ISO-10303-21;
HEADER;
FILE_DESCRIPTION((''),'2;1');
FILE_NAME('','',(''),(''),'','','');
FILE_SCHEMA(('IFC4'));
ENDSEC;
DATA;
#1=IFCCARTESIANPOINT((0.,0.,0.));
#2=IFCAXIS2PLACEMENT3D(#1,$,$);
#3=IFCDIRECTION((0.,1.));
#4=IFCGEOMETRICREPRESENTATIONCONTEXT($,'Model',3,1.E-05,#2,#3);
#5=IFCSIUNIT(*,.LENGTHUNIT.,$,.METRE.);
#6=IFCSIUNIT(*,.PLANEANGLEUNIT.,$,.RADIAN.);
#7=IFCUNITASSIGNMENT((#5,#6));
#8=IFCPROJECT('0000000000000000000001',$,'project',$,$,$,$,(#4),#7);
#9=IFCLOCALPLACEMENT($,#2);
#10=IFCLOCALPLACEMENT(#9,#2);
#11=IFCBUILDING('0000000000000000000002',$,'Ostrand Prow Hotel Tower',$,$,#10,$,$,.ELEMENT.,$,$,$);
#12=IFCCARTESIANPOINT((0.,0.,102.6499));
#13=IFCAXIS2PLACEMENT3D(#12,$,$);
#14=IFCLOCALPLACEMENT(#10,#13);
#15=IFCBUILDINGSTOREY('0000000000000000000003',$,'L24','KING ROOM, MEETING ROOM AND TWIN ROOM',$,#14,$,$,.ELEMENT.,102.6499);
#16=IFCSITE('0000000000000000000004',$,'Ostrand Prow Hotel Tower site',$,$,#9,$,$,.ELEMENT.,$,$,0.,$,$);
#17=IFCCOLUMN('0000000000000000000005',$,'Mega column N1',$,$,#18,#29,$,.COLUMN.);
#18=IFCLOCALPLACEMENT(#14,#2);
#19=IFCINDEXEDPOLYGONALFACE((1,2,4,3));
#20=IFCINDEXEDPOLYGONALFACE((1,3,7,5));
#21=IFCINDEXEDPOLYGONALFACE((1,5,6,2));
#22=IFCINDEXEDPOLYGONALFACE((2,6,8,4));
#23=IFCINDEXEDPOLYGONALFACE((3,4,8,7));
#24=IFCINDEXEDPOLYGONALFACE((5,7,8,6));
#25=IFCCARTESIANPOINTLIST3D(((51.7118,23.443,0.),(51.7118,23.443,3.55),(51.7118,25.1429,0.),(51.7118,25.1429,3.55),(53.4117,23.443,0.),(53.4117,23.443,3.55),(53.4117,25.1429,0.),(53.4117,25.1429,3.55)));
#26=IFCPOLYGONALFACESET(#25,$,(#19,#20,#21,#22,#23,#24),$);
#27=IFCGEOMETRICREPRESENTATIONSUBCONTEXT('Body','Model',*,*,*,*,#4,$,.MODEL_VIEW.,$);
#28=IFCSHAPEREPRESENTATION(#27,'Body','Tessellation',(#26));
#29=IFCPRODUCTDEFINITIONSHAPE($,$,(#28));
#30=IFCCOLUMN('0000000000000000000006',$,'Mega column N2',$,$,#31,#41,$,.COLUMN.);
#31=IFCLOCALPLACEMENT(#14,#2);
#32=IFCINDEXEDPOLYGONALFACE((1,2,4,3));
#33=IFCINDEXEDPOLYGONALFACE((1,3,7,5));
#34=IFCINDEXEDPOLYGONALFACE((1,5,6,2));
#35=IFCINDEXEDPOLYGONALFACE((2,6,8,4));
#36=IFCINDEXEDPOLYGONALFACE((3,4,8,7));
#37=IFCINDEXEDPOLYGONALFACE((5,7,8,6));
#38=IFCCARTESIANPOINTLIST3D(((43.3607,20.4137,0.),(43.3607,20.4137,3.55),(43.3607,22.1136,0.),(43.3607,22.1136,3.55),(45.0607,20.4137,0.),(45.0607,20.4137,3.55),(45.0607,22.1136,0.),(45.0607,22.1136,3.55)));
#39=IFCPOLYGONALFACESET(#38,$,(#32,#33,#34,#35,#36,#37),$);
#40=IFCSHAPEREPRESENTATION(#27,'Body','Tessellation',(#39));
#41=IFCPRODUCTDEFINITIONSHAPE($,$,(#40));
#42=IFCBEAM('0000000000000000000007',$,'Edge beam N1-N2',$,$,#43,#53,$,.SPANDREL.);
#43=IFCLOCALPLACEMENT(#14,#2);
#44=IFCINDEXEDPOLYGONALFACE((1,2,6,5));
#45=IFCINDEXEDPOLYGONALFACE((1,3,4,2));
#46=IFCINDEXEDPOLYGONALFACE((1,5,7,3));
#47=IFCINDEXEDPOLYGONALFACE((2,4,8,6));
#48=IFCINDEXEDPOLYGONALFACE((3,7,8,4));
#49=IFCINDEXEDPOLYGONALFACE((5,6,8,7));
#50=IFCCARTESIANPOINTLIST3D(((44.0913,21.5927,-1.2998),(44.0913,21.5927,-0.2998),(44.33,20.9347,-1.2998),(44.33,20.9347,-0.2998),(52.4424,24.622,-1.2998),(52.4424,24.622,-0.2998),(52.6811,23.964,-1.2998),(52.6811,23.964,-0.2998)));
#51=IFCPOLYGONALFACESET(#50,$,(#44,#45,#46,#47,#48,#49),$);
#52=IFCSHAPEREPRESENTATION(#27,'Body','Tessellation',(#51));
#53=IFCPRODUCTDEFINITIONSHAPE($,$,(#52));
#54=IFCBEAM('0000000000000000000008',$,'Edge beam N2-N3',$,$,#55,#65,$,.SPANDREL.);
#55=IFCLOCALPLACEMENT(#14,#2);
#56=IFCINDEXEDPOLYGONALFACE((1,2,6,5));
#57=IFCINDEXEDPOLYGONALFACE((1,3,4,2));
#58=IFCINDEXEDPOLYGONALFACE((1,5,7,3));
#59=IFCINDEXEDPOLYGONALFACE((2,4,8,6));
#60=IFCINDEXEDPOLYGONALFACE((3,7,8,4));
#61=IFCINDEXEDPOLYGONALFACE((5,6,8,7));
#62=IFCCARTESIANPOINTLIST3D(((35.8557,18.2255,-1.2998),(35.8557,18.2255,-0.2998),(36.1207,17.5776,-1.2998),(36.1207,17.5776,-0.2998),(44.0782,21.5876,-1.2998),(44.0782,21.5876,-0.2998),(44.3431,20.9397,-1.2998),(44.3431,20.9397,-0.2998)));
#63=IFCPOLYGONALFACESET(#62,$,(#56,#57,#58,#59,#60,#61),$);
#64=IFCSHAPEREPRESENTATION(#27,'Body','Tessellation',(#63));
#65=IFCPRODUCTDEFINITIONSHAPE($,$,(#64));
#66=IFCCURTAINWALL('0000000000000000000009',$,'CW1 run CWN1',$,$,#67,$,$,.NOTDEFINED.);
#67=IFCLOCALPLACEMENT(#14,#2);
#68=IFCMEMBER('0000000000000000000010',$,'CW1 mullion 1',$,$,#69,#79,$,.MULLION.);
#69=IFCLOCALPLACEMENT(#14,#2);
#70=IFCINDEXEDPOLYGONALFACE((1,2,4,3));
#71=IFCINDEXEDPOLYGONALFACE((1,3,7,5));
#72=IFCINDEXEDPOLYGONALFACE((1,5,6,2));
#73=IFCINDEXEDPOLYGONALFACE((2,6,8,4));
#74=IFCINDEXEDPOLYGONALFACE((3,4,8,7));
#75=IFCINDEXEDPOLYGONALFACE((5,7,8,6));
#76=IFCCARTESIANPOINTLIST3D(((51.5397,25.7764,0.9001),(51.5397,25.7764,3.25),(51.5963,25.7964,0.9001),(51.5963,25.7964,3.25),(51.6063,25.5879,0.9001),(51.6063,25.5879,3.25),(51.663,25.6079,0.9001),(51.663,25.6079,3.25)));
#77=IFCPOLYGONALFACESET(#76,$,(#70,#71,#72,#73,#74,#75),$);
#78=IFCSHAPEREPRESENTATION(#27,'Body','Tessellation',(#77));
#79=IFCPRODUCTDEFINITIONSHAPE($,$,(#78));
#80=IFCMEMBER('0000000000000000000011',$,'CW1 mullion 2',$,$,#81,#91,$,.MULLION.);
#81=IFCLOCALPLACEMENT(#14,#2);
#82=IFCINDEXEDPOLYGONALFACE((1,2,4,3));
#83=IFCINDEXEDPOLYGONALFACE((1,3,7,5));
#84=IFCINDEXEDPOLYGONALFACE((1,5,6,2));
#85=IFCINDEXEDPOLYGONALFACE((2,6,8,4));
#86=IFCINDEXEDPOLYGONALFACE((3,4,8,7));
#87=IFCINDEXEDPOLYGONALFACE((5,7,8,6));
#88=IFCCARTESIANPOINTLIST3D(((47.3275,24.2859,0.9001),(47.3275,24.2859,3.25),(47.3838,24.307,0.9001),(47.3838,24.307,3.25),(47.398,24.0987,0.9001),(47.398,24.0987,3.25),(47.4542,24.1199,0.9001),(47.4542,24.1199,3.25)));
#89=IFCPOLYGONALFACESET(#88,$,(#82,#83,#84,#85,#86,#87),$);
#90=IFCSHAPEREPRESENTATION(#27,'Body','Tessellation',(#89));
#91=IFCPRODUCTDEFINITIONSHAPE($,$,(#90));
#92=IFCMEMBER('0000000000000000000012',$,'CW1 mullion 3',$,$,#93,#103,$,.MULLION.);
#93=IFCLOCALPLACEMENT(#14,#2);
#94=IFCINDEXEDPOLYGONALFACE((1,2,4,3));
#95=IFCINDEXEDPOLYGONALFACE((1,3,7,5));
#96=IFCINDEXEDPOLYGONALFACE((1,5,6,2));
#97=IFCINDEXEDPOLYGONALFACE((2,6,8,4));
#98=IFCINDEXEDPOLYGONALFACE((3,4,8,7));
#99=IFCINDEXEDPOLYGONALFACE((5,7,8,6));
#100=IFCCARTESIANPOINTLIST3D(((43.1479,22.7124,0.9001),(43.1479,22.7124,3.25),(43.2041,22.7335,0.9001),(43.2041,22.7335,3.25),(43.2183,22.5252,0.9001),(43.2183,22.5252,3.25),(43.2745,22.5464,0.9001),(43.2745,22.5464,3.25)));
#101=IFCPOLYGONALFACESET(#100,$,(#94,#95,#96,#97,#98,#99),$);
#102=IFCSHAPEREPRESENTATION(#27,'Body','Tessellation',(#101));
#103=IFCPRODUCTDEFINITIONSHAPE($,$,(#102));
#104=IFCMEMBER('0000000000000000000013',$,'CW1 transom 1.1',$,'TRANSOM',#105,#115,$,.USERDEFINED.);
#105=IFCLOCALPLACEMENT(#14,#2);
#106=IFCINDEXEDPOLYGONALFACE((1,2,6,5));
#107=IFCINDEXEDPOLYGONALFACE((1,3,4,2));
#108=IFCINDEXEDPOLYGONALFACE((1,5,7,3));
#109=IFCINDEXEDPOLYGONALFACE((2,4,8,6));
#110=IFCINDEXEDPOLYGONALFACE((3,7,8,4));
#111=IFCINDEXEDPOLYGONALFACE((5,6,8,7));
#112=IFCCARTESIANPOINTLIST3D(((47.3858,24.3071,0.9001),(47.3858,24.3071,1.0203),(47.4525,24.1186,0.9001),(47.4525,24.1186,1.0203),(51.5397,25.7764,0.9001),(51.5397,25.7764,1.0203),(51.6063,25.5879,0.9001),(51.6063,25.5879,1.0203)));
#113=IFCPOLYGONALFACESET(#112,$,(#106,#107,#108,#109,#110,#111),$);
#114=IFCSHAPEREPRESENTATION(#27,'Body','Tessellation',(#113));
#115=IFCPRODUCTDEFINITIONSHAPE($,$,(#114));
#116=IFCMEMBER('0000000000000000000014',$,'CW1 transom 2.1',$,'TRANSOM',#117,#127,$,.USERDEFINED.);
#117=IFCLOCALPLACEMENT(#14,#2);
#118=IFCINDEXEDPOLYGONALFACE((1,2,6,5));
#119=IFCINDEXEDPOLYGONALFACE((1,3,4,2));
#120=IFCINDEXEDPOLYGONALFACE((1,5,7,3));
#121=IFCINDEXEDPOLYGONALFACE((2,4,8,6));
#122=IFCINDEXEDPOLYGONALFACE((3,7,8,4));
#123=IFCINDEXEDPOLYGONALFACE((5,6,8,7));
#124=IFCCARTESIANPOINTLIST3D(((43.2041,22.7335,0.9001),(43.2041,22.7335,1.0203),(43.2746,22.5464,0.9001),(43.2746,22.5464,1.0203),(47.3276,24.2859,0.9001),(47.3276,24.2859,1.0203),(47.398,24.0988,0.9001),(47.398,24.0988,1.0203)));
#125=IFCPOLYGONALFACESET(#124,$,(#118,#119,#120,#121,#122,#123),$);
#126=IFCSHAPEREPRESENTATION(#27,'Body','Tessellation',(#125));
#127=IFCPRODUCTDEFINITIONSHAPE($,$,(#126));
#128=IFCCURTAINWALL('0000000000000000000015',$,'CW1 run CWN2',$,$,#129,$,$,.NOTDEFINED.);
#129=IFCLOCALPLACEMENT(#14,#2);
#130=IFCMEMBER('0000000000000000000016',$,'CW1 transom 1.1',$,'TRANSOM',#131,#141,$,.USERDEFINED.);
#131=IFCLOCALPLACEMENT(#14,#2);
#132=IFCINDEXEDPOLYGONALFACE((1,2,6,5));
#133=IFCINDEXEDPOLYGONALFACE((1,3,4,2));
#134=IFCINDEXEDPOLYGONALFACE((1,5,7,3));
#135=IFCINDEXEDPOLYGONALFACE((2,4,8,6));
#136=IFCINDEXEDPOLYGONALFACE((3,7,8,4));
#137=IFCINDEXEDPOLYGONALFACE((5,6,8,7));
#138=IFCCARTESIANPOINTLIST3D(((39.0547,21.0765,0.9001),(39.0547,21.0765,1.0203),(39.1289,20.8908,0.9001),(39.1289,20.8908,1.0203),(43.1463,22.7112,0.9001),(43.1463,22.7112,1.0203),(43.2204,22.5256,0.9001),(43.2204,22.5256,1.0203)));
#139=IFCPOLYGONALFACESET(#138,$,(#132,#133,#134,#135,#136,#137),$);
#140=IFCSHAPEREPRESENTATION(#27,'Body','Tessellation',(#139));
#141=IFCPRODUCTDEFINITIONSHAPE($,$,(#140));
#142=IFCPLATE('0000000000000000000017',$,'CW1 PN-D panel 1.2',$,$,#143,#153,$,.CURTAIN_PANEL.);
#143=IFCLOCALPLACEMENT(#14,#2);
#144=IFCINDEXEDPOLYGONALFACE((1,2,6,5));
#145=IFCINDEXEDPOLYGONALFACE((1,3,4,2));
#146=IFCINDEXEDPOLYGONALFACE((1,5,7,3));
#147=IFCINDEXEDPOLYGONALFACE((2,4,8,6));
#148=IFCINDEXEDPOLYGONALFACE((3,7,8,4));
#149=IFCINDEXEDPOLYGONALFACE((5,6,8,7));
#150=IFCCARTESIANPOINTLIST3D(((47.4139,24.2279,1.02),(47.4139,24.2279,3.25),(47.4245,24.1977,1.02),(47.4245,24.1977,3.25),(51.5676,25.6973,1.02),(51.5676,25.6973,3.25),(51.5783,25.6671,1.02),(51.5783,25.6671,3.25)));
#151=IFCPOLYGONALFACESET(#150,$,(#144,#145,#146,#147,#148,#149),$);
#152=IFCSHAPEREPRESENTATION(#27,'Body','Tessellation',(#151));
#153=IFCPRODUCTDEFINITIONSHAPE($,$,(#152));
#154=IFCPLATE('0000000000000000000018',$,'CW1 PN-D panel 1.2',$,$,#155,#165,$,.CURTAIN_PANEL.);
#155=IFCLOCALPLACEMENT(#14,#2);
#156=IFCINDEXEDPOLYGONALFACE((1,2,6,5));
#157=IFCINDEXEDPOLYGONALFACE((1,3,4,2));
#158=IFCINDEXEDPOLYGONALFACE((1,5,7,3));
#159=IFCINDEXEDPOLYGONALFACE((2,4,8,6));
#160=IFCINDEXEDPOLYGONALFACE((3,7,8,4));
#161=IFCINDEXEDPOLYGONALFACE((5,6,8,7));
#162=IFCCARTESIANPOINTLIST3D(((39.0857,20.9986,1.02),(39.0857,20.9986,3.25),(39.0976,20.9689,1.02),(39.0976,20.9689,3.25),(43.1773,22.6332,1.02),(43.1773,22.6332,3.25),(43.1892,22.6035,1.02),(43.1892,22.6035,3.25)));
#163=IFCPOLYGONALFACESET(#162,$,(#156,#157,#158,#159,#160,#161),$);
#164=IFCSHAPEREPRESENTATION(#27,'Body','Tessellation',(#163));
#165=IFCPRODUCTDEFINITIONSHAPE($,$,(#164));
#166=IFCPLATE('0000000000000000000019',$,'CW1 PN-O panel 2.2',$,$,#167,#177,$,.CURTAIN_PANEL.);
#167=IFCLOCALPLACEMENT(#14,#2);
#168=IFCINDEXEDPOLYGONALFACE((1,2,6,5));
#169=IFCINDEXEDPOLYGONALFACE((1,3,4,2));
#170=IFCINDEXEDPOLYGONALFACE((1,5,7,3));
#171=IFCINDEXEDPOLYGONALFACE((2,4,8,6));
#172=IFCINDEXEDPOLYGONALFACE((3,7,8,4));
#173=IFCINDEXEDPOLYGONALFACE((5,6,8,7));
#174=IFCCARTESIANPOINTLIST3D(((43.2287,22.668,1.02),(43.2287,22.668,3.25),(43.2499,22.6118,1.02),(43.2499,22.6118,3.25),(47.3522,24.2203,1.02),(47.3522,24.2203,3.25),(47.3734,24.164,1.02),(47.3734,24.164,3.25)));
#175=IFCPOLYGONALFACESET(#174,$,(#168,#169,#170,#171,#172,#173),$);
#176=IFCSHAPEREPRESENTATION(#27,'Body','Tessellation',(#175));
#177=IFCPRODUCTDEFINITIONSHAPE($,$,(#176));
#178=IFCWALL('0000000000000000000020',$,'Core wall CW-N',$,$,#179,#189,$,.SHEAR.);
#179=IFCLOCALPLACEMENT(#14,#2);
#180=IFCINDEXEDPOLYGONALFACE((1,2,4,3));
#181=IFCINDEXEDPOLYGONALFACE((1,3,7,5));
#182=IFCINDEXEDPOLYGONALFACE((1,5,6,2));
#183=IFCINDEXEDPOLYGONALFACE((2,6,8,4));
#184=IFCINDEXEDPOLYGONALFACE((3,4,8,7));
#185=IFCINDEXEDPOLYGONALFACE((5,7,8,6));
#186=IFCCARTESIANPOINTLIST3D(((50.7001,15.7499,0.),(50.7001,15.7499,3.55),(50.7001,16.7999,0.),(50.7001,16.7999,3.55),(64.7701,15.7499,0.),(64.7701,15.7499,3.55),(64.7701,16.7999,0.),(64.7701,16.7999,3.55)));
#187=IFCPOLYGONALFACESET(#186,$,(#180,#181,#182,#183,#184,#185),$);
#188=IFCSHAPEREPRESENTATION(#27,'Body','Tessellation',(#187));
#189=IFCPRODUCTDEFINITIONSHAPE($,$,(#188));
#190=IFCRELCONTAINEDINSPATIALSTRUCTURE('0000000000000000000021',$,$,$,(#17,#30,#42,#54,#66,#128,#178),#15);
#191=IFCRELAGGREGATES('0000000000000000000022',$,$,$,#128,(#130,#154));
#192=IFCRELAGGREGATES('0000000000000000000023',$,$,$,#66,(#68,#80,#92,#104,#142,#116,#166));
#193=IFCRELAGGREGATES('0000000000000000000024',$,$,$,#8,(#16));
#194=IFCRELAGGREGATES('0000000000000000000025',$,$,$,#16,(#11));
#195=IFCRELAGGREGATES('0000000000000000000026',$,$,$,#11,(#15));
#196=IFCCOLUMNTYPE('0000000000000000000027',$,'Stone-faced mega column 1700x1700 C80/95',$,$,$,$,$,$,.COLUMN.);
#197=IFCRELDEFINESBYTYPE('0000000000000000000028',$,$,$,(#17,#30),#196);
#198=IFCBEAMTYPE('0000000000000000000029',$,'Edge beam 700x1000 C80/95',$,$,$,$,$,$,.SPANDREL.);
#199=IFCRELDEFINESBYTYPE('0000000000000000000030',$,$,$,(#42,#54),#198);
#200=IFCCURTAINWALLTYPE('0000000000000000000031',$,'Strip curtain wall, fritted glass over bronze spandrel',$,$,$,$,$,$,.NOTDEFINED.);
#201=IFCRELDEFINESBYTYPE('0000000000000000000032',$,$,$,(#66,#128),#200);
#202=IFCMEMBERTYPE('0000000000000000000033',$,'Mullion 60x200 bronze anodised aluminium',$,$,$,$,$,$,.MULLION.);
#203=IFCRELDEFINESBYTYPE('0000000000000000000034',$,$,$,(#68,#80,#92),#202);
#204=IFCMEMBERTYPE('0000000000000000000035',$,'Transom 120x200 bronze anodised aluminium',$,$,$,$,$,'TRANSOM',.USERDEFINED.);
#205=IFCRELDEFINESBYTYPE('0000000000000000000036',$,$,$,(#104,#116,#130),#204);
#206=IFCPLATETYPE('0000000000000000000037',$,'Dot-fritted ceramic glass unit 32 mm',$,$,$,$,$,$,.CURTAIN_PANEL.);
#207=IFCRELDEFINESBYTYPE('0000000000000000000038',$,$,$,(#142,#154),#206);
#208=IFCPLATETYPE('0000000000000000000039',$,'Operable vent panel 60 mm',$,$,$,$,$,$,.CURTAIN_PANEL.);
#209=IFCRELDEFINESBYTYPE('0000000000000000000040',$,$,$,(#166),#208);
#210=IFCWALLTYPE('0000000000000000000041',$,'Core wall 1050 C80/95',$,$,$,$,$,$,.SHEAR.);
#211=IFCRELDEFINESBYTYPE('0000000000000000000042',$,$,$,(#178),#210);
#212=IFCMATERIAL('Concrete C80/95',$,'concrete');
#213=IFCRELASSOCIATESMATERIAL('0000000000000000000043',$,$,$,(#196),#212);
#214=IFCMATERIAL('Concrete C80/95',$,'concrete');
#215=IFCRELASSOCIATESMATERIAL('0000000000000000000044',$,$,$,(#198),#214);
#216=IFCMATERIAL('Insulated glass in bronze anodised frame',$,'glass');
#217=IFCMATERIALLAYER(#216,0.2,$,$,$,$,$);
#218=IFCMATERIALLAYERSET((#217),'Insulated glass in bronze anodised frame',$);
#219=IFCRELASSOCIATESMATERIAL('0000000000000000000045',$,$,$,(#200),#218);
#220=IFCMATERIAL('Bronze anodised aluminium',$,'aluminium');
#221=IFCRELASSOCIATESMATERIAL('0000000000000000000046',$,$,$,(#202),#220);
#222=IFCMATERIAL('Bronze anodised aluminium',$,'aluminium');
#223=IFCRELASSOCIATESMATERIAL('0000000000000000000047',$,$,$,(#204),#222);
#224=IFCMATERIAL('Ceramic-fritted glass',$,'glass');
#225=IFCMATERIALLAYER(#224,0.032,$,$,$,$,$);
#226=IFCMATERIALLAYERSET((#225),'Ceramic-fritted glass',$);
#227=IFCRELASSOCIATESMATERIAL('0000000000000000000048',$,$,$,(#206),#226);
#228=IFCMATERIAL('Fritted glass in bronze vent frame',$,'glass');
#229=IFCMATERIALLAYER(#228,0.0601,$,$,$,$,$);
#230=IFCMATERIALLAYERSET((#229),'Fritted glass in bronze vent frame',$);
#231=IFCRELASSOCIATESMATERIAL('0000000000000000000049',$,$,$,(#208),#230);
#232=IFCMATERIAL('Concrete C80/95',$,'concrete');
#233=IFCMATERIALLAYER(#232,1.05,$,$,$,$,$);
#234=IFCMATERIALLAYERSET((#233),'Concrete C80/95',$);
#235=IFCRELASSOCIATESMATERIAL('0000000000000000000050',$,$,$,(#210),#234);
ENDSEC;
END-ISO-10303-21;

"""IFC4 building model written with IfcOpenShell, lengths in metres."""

from ifc_helpers import new_model, si_unit, direction, frame, frame_2d, origin, origin_2d, place, context, subcontext, project, spatial, rectangle, extrude, material, layer, layer_set, material_profile, profile_set, type_object, element, aggregate, save


model = new_model("IFC4")

# Units and contexts
model_context = context("Model", 3, precision=1e-05, world=origin(), true_north=direction((0.0, 1.0)))
body_context = subcontext(model_context, "Body", "Model", "MODEL_VIEW")
ifc_project = project(units=[si_unit("LENGTHUNIT", "METRE"), si_unit("PLANEANGLEUNIT", "RADIAN")], contexts=[model_context])

# Site, building, storey
site_placement = place(None, origin())
site = spatial("IfcSite", under=ifc_project, at=site_placement, Name="Ostrand Prow Hotel Tower site", CompositionType="ELEMENT", RefElevation=0.0)
building_placement = place(site_placement, origin())
building = spatial("IfcBuilding", under=site, at=building_placement, Name="Ostrand Prow Hotel Tower", CompositionType="ELEMENT")
storey_placement = place(building_placement, frame((0.0, 0.0, 102.6499)))
storey = spatial("IfcBuildingStorey", under=building, at=storey_placement, Name="L24", Description="KING ROOM, MEETING ROOM AND TWIN ROOM", CompositionType="ELEMENT", Elevation=102.6499)

# Columns
ifc_material_1 = material(Name="Concrete C80/95", Category="concrete")
ifc_material_profile_1 = material_profile(ifc_material_1, rectangle(XDim=1.7, YDim=1.7, at=origin_2d()), Name="RC 1700x1700")
ifc_profile_set_1 = profile_set([ifc_material_profile_1], Name="Concrete C80/95")
column_type = type_object("IfcColumnType", Name="Stone-faced mega column 1700x1700 C80/95", PredefinedType="COLUMN", material=ifc_profile_set_1)
for number, where, z_axis, x_axis, name in (
    (1, (52.5618, 24.293, 0.0), (0.0, 0.0, 1.0), (1.0, 0.0, 0.0), "Mega column N1"),
    (2, (44.2107, 21.2637, 0.0), (0.0, 0.0, 1.0), (1.0, 0.0, 0.0), "Mega column N2"),
):
    element("IfcColumn", number, at=place(storey_placement, frame(where, z_axis=z_axis, x_axis=x_axis)), inside=storey, type_object=column_type, Name=name, PredefinedType="COLUMN", context=body_context, shape_type="SweptSolid", body=[
        extrude(rectangle(XDim=1.7, YDim=1.7, at=origin_2d()), origin(), (0.0, 0.0, 1.0), 3.55),
    ])

# Beams
ifc_material_2 = material(Name="Concrete C80/95", Category="concrete")
ifc_material_profile_2 = material_profile(ifc_material_2, rectangle(XDim=0.7, YDim=1.0, at=origin_2d()), Name="RC 700x1000")
ifc_profile_set_2 = profile_set([ifc_material_profile_2], Name="Concrete C80/95")
beam_type = type_object("IfcBeamType", Name="Edge beam 700x1000 C80/95", PredefinedType="SPANDREL", material=ifc_profile_set_2)
beam_1_placement = place(storey_placement, frame((52.5618, 24.293, -0.7998), z_axis=(-0.940063, -0.341002, 0.0), x_axis=(0.341002, -0.940063, 0.0)))
element("IfcBeam", 3, at=beam_1_placement, inside=storey, type_object=beam_type, Name="Edge beam N1-N2", PredefinedType="SPANDREL", context=body_context, shape_type="SweptSolid", body=[
    extrude(rectangle(XDim=0.7, YDim=1.0, at=origin_2d()), origin(), (0.0, 0.0, 1.0), 8.8835),
])
beam_2_placement = place(storey_placement, frame((44.2107, 21.2637, -0.7998), z_axis=(-0.925612, -0.378473, 0.0), x_axis=(0.378473, -0.925612, 0.0)))
element("IfcBeam", 4, at=beam_2_placement, inside=storey, type_object=beam_type, Name="Edge beam N2-N3", PredefinedType="SPANDREL", context=body_context, shape_type="SweptSolid", body=[
    extrude(rectangle(XDim=0.7, YDim=1.0, at=origin_2d()), origin(), (0.0, 0.0, 1.0), 8.8833),
])

# Curtain wall, members
ifc_material_3 = material(Name="Insulated glass in bronze anodised frame", Category="glass")
ifc_layer_1 = layer(ifc_material_3, 0.2)
ifc_layer_set_1 = layer_set([ifc_layer_1], Name="Insulated glass in bronze anodised frame")
curtain_wall_type = type_object("IfcCurtainWallType", Name="Strip curtain wall, fritted glass over bronze spandrel", PredefinedType="NOTDEFINED", material=ifc_layer_set_1)
curtain_wall_1_placement = place(storey_placement, origin())
curtain_wall_1 = element("IfcCurtainWall", 5, at=curtain_wall_1_placement, inside=storey, type_object=curtain_wall_type, Name="CW1 run CWN1", PredefinedType="NOTDEFINED")
ifc_material_4 = material(Name="Bronze anodised aluminium", Category="aluminium")
ifc_material_profile_3 = material_profile(ifc_material_4, rectangle(XDim=0.2, YDim=0.0601, at=origin_2d()), Name="Mullion 60x200 bronze anodised aluminium")
ifc_profile_set_3 = profile_set([ifc_material_profile_3], Name="Bronze anodised aluminium")
member_type_1 = type_object("IfcMemberType", Name="Mullion 60x200 bronze anodised aluminium", PredefinedType="MULLION", material=ifc_profile_set_3)
member_1_placement = place(storey_placement, frame((51.6013, 25.6921, 0.9001), z_axis=(0.0, 0.0, 1.0), x_axis=(0.333496, -0.942752, 0.0)))
member_1 = element("IfcMember", 6, at=member_1_placement, type_object=member_type_1, Name="CW1 mullion 1", PredefinedType="MULLION", context=body_context, shape_type="SweptSolid", body=[
    extrude(rectangle(XDim=0.2, YDim=0.0601, at=origin_2d()), origin(), (0.0, 0.0, 1.0), 2.3499),
])
member_2_placement = place(storey_placement, frame((47.3909, 24.2029, 0.9001), z_axis=(0.0, 0.0, 1.0), x_axis=(0.352309, -0.935884, 0.0)))
member_2 = element("IfcMember", 7, at=member_2_placement, type_object=member_type_1, Name="CW1 mullion 2", PredefinedType="MULLION", context=body_context, shape_type="SweptSolid", body=[
    extrude(rectangle(XDim=0.2, YDim=0.0601, at=origin_2d()), origin(), (0.0, 0.0, 1.0), 2.3499),
])
member_3_placement = place(storey_placement, frame((43.2112, 22.6294, 0.9001), z_axis=(0.0, 0.0, 1.0), x_axis=(0.352309, -0.935884, 0.0)))
member_3 = element("IfcMember", 8, at=member_3_placement, type_object=member_type_1, Name="CW1 mullion 3", PredefinedType="MULLION", context=body_context, shape_type="SweptSolid", body=[
    extrude(rectangle(XDim=0.2, YDim=0.0601, at=origin_2d()), origin(), (0.0, 0.0, 1.0), 2.3499),
])
ifc_material_5 = material(Name="Bronze anodised aluminium", Category="aluminium")
ifc_material_profile_4 = material_profile(ifc_material_5, rectangle(XDim=0.2, YDim=0.1201, at=origin_2d()), Name="Transom 120x200 bronze anodised aluminium")
ifc_profile_set_4 = profile_set([ifc_material_profile_4], Name="Bronze anodised aluminium")
member_type_2 = type_object("IfcMemberType", Name="Transom 120x200 bronze anodised aluminium", ElementType="TRANSOM", PredefinedType="USERDEFINED", material=ifc_profile_set_4)
member_4_placement = place(storey_placement, frame((51.573, 25.6821, 0.9602), z_axis=(-0.942763, -0.333463, 0.0), x_axis=(0.333463, -0.942763, 0.0)))
member_4 = element("IfcMember", 9, at=member_4_placement, type_object=member_type_2, Name="CW1 transom 1.1", ObjectType="TRANSOM", PredefinedType="USERDEFINED", context=body_context, shape_type="SweptSolid", body=[
    extrude(rectangle(XDim=0.2, YDim=0.1201, at=origin_2d()), origin(), (0.0, 0.0, 1.0), 4.406),
])
member_5_placement = place(storey_placement, frame((47.3628, 24.1924, 0.9602), z_axis=(-0.935868, -0.35235, 0.0), x_axis=(0.35235, -0.935868, 0.0)))
member_5 = element("IfcMember", 10, at=member_5_placement, type_object=member_type_2, Name="CW1 transom 2.1", ObjectType="TRANSOM", PredefinedType="USERDEFINED", context=body_context, shape_type="SweptSolid", body=[
    extrude(rectangle(XDim=0.2, YDim=0.1201, at=origin_2d()), origin(), (0.0, 0.0, 1.0), 4.406),
])

# Curtain wall, member
curtain_wall_2_placement = place(storey_placement, origin())
curtain_wall_2 = element("IfcCurtainWall", 11, at=curtain_wall_2_placement, inside=storey, type_object=curtain_wall_type, Name="CW1 run CWN2", PredefinedType="NOTDEFINED")
member_6_placement = place(storey_placement, frame((43.1833, 22.6184, 0.9602), z_axis=(-0.928622, -0.371028, 0.0), x_axis=(0.371028, -0.928622, 0.0)))
member_6 = element("IfcMember", 12, at=member_6_placement, type_object=member_type_2, Name="CW1 transom 1.1", ObjectType="TRANSOM", PredefinedType="USERDEFINED", context=body_context, shape_type="SweptSolid", body=[
    extrude(rectangle(XDim=0.2, YDim=0.1201, at=origin_2d()), origin(), (0.0, 0.0, 1.0), 4.406),
])

# Plates
ifc_material_6 = material(Name="Ceramic-fritted glass", Category="glass")
ifc_layer_2 = layer(ifc_material_6, 0.032)
ifc_layer_set_2 = layer_set([ifc_layer_2], Name="Ceramic-fritted glass")
plate_type_1 = type_object("IfcPlateType", Name="Dot-fritted ceramic glass unit 32 mm", PredefinedType="CURTAIN_PANEL", material=ifc_layer_set_2)
plate_1_placement = place(storey_placement, frame((49.4961, 24.9475, 1.02), z_axis=(0.0, 0.0, 1.0), x_axis=(-0.942752, -0.333496, 0.0)))
plate_1 = element("IfcPlate", 13, at=plate_1_placement, type_object=plate_type_1, Name="CW1 PN-D panel 1.2", PredefinedType="CURTAIN_PANEL", context=body_context, shape_type="SweptSolid", body=[
    extrude(rectangle(XDim=4.406, YDim=0.032, at=origin_2d()), origin(), (0.0, 0.0, 1.0), 2.23),
])
plate_2_placement = place(storey_placement, frame((41.1375, 21.801, 1.02), z_axis=(0.0, 0.0, 1.0), x_axis=(-0.92864, -0.370982, 0.0)))
plate_2 = element("IfcPlate", 14, at=plate_2_placement, type_object=plate_type_1, Name="CW1 PN-D panel 1.2", PredefinedType="CURTAIN_PANEL", context=body_context, shape_type="SweptSolid", body=[
    extrude(rectangle(XDim=4.406, YDim=0.032, at=origin_2d()), origin(), (0.0, 0.0, 1.0), 2.23),
])
aggregate(curtain_wall_2, [member_6, plate_2])
ifc_material_7 = material(Name="Fritted glass in bronze vent frame", Category="glass")
ifc_layer_3 = layer(ifc_material_7, 0.0601)
ifc_layer_set_3 = layer_set([ifc_layer_3], Name="Fritted glass in bronze vent frame")
plate_type_2 = type_object("IfcPlateType", Name="Operable vent panel 60 mm", PredefinedType="CURTAIN_PANEL", material=ifc_layer_set_3)
plate_3_placement = place(storey_placement, frame((45.301, 23.416, 1.02), z_axis=(0.0, 0.0, 1.0), x_axis=(-0.935884, -0.352309, 0.0)))
plate_3 = element("IfcPlate", 15, at=plate_3_placement, type_object=plate_type_2, Name="CW1 PN-O panel 2.2", PredefinedType="CURTAIN_PANEL", context=body_context, shape_type="SweptSolid", body=[
    extrude(rectangle(XDim=4.406, YDim=0.0601, at=origin_2d()), origin(), (0.0, 0.0, 1.0), 2.23),
])
aggregate(curtain_wall_1, [member_1, member_2, member_3, member_4, plate_1, member_5, plate_3])

# Wall
ifc_material_8 = material(Name="Concrete C80/95", Category="concrete")
ifc_layer_4 = layer(ifc_material_8, 1.05)
ifc_layer_set_4 = layer_set([ifc_layer_4], Name="Concrete C80/95")
wall_type_1 = type_object("IfcWallType", Name="Core wall 1050 C80/95", PredefinedType="SHEAR", material=ifc_layer_set_4)
wall_1_placement = place(storey_placement, frame((50.7, 16.2749, 0.0), z_axis=(0.0, 0.0, 1.0), x_axis=(1.0, 0.0, 0.0)))
element("IfcWall", 16, at=wall_1_placement, inside=storey, type_object=wall_type_1, Name="Core wall CW-N", PredefinedType="SHEAR", context=body_context, shape_type="SweptSolid", body=[
    extrude(rectangle(XDim=14.0701, YDim=1.05, at=frame_2d((7.0352, 0.0))), origin(), (0.0, 0.0, 1.0), 3.55),
])

save(model, "model.ifc")
